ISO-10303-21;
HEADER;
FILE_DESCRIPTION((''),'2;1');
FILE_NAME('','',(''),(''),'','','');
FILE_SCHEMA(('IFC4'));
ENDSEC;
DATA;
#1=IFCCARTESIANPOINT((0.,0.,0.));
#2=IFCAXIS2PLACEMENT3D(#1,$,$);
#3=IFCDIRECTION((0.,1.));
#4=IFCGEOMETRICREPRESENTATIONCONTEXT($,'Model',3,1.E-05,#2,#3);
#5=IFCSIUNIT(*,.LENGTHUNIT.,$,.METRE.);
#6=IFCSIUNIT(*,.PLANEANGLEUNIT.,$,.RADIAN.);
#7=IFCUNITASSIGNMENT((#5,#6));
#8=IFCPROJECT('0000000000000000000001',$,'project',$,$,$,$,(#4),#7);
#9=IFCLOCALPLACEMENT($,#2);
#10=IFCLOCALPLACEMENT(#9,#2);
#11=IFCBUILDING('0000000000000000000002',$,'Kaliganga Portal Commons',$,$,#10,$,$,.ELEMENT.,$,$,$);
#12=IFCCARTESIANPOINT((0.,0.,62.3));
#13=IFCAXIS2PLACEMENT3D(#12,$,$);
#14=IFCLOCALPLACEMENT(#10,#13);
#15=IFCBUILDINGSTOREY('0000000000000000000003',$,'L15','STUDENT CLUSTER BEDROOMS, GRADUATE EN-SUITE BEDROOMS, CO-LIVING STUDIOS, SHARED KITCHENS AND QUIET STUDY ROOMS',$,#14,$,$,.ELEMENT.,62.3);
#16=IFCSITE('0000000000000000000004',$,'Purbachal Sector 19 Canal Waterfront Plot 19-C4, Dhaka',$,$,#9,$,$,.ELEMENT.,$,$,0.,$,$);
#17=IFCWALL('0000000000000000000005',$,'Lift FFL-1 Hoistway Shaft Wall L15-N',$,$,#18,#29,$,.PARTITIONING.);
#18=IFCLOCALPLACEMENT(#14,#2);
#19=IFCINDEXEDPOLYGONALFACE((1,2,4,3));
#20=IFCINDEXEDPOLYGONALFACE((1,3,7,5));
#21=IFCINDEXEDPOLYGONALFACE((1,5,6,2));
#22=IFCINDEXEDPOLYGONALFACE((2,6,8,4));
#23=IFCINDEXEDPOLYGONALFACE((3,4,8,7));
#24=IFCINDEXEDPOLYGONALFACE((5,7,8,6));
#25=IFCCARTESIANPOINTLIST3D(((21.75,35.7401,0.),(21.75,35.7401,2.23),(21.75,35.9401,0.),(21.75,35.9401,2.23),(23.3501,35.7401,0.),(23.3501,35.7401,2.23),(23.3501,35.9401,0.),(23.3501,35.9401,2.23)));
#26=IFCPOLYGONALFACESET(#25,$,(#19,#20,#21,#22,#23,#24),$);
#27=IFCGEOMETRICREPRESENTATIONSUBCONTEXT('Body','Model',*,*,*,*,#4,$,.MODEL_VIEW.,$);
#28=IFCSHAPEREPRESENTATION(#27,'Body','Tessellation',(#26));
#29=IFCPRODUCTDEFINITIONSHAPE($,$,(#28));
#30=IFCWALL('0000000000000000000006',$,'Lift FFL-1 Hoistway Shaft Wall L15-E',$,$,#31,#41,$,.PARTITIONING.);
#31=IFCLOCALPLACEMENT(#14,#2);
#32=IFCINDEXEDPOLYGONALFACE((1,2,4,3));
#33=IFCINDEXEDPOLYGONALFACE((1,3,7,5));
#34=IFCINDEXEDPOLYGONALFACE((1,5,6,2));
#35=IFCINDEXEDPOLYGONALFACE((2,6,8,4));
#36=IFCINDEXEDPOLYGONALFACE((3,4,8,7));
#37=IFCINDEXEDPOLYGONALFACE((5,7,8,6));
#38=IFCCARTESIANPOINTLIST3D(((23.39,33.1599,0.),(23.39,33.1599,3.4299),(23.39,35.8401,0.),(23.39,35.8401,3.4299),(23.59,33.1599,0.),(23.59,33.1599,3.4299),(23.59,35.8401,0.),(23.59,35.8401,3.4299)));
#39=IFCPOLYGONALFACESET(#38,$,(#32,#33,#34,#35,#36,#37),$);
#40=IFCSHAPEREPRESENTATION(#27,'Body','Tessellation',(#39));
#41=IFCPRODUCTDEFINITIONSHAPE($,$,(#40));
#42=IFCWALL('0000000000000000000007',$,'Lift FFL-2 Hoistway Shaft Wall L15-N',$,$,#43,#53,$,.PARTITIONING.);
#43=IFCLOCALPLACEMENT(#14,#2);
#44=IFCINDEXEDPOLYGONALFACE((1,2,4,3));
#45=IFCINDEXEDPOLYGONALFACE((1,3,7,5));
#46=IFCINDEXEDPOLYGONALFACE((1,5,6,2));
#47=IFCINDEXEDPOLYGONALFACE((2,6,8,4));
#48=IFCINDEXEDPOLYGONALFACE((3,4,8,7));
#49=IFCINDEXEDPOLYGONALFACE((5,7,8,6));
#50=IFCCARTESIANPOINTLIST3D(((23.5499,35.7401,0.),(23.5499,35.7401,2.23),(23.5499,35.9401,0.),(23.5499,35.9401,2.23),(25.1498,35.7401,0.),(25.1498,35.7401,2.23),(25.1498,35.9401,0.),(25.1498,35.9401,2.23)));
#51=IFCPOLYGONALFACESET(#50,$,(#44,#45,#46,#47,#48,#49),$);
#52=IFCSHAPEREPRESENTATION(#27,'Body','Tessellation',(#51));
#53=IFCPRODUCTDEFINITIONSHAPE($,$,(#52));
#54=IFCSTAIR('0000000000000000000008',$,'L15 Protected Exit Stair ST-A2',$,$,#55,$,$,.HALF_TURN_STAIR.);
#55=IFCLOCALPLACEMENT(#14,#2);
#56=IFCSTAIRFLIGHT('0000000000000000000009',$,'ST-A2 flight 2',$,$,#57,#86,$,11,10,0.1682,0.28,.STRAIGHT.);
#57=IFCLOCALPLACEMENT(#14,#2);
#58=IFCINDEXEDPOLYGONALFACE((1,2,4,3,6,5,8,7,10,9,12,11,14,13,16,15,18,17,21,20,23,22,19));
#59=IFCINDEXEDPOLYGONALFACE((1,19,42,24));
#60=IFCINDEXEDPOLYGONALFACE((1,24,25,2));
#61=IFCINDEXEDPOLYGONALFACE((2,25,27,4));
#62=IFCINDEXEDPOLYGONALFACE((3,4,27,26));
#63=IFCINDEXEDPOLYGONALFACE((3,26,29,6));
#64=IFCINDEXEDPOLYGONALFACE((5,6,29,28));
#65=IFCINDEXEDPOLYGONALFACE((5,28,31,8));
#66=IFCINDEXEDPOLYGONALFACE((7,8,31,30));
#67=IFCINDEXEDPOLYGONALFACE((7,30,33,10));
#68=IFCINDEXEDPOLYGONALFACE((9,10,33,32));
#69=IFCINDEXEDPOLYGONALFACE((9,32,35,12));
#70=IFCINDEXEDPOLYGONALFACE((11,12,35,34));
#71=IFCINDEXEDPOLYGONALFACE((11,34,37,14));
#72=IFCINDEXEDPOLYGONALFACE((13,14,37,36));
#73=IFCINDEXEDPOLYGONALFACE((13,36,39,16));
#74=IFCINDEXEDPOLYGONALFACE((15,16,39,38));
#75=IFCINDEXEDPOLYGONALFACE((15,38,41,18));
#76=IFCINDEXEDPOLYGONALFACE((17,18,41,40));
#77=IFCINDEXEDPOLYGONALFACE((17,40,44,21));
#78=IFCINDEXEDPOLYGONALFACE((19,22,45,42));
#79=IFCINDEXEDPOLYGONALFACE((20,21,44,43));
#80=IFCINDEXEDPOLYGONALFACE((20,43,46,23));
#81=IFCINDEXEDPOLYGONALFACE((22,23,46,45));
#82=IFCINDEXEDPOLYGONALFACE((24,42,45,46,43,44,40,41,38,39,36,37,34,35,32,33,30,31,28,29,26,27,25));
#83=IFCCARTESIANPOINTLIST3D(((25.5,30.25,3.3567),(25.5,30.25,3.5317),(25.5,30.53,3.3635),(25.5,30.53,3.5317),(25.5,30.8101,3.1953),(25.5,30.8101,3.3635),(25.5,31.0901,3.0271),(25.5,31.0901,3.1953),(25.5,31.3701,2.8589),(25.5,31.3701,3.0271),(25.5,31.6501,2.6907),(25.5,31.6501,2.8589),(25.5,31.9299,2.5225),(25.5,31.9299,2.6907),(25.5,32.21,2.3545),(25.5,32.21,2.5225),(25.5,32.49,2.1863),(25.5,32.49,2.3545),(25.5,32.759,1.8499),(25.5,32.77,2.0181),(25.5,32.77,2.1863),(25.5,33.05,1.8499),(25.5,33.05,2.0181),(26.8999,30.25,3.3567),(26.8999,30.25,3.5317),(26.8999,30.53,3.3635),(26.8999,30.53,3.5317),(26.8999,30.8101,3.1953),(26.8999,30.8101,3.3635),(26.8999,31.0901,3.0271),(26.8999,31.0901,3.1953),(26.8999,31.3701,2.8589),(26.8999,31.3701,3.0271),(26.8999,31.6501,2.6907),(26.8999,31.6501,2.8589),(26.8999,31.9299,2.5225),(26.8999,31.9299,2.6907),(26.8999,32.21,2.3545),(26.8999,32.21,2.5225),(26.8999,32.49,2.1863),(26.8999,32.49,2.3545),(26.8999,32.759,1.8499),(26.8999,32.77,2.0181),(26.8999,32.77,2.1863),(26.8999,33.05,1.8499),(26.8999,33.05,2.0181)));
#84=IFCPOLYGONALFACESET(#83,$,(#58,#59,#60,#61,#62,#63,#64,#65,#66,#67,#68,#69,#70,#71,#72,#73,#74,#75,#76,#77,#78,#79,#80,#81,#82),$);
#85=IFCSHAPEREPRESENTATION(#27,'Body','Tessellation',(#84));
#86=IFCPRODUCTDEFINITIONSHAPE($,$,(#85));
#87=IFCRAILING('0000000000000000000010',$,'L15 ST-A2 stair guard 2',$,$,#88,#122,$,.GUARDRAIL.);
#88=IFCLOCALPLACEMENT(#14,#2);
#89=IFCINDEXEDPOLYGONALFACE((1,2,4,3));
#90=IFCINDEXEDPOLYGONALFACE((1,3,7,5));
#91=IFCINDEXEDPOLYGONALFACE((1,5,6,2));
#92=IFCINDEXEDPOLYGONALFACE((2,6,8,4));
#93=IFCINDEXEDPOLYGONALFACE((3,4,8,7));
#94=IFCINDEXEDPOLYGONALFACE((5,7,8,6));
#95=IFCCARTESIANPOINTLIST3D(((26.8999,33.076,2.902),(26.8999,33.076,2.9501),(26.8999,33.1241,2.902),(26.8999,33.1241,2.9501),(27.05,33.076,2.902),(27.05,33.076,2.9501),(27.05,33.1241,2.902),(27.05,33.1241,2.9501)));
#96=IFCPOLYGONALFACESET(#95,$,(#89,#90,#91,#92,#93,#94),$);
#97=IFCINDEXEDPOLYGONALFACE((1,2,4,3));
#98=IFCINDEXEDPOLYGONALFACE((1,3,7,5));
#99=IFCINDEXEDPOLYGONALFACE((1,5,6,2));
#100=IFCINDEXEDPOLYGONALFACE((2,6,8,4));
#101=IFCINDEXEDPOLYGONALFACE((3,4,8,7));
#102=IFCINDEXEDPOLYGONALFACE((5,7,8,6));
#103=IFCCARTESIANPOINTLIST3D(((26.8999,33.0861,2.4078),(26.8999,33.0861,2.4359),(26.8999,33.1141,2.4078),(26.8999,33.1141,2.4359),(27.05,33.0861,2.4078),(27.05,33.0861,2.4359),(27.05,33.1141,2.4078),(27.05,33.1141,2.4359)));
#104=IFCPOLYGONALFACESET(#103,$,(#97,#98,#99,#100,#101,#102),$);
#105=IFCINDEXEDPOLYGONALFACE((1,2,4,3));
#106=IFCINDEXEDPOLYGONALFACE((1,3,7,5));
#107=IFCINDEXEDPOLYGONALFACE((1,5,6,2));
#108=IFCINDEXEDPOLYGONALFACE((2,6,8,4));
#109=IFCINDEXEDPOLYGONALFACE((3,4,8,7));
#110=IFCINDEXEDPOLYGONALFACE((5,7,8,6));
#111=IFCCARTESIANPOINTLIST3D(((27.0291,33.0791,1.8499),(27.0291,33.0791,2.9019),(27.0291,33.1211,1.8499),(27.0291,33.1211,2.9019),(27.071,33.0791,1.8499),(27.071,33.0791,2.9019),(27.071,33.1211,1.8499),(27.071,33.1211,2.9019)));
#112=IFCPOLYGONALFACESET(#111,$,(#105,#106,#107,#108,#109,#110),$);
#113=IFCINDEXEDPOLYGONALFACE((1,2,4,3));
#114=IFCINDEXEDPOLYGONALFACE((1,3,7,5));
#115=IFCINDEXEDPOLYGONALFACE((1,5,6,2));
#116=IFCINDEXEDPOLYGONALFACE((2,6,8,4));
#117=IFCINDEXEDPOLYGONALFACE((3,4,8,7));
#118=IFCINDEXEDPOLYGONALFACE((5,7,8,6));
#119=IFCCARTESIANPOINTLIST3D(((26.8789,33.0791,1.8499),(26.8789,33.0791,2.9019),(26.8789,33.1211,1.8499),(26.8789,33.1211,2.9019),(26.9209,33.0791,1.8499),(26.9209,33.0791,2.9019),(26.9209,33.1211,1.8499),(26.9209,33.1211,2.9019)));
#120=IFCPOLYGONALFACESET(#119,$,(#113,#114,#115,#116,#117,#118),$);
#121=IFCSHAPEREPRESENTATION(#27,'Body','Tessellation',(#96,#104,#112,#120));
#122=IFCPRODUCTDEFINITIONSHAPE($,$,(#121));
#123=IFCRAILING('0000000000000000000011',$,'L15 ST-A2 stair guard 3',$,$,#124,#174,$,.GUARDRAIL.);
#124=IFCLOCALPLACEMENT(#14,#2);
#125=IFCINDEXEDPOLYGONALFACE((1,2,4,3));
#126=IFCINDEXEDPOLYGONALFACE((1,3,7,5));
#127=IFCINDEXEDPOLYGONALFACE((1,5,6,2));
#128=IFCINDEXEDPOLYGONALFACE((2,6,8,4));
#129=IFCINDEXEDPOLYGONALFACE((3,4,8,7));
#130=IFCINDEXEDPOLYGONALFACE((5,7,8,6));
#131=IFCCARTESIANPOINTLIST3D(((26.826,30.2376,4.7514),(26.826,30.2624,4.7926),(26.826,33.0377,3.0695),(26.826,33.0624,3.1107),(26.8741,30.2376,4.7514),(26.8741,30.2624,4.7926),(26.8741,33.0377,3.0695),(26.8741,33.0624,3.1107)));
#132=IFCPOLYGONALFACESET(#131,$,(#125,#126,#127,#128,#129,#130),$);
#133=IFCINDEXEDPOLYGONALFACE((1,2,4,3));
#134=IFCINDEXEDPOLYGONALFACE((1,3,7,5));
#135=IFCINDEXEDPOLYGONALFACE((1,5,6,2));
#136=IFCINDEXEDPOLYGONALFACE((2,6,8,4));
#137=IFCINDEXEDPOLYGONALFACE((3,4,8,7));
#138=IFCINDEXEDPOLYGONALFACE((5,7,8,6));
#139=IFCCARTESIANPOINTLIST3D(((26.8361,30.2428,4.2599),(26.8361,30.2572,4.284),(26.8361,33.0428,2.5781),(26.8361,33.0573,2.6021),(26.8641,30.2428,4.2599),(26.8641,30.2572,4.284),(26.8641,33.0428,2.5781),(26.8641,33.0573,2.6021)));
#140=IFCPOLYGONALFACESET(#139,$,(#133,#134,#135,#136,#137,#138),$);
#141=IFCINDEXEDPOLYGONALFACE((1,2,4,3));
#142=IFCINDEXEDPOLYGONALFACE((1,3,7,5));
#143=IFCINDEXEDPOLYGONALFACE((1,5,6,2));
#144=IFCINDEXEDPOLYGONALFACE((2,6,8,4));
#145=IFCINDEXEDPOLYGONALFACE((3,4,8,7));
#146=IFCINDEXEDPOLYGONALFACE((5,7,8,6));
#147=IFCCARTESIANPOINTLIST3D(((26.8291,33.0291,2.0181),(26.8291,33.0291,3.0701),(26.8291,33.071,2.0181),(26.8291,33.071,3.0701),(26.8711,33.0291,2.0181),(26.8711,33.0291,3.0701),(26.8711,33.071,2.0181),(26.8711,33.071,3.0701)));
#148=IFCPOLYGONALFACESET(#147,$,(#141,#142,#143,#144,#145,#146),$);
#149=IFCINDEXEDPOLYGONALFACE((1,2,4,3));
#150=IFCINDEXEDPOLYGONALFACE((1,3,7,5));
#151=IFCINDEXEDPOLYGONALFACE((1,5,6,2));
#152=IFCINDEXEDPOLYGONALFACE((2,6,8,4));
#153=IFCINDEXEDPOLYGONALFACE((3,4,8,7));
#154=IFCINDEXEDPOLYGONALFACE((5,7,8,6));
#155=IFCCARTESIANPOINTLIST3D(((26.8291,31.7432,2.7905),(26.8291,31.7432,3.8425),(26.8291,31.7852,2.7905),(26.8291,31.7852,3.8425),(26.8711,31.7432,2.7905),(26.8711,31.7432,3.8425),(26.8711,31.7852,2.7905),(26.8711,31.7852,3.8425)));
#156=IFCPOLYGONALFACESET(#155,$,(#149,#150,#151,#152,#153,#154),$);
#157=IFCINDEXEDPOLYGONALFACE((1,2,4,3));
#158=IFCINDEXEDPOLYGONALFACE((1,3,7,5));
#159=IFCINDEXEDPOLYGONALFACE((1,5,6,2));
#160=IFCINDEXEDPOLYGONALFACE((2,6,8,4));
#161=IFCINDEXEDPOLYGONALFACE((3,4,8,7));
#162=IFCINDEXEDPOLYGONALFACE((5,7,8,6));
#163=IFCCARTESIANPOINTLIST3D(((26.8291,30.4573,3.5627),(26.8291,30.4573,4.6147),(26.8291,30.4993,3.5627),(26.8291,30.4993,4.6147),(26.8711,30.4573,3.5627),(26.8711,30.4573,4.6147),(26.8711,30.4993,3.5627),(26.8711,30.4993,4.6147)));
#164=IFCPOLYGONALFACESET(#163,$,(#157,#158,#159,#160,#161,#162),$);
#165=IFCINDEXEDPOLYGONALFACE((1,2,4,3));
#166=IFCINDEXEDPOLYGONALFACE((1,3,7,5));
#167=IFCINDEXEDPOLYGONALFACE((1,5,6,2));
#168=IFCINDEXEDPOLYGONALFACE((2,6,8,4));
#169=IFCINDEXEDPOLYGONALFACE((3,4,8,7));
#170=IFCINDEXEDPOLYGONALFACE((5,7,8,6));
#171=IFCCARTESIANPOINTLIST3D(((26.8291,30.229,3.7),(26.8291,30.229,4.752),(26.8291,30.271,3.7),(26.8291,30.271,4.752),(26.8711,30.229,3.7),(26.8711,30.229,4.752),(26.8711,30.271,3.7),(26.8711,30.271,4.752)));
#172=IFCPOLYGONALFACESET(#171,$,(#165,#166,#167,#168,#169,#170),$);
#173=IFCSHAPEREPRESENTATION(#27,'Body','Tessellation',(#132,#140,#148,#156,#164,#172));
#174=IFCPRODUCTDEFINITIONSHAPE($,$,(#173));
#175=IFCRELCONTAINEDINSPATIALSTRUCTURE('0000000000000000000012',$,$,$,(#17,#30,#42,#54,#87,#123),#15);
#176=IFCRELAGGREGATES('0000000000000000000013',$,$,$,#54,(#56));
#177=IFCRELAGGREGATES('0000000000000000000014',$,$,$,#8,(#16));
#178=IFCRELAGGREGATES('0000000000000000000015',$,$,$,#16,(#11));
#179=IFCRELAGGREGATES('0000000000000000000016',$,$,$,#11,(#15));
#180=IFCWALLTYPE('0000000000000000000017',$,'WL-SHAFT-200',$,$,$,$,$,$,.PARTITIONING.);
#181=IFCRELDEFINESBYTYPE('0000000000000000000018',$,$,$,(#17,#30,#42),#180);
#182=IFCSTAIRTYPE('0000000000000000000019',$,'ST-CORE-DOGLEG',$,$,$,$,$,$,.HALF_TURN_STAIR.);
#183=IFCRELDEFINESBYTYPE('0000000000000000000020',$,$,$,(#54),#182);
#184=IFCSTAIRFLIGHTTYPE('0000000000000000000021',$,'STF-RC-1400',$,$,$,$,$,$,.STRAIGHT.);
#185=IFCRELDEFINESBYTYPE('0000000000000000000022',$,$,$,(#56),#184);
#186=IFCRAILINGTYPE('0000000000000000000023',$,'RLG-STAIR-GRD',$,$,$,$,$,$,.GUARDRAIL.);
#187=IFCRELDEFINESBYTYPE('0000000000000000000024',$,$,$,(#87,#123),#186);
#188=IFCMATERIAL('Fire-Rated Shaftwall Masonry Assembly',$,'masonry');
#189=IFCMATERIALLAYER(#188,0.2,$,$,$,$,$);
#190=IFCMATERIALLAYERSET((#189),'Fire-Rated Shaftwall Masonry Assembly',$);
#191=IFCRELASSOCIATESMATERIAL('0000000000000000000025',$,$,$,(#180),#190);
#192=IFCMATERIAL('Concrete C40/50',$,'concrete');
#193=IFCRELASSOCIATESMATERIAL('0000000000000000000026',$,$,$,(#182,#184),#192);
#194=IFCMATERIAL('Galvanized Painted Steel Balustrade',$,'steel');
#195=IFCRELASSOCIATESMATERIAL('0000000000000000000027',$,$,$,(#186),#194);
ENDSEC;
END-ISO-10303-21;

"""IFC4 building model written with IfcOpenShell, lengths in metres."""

from ifc_helpers import new_model, si_unit, direction, frame, frame_2d, origin, origin_2d, place, context, subcontext, project, spatial, polyline, rectangle, outline, extrude, material, layer, layer_set, type_object, element, aggregate, save


model = new_model("IFC4")

# Units and contexts
model_context = context("Model", 3, precision=1e-05, world=origin(), true_north=direction((0.0, 1.0)))
body_context = subcontext(model_context, "Body", "Model", "MODEL_VIEW")
ifc_project = project(units=[si_unit("LENGTHUNIT", "METRE"), si_unit("PLANEANGLEUNIT", "RADIAN")], contexts=[model_context])

# Site, building, storey
site_placement = place(None, origin())
site = spatial("IfcSite", under=ifc_project, at=site_placement, Name="Purbachal Sector 19 Canal Waterfront Plot 19-C4, Dhaka", CompositionType="ELEMENT", RefElevation=0.0)
building_placement = place(site_placement, origin())
building = spatial("IfcBuilding", under=site, at=building_placement, Name="Kaliganga Portal Commons", CompositionType="ELEMENT")
storey_placement = place(building_placement, frame((0.0, 0.0, 62.3)))
storey = spatial("IfcBuildingStorey", under=building, at=storey_placement, Name="L15", Description="STUDENT CLUSTER BEDROOMS, GRADUATE EN-SUITE BEDROOMS, CO-LIVING STUDIOS, SHARED KITCHENS AND QUIET STUDY ROOMS", CompositionType="ELEMENT", Elevation=62.3)

# Shared definitions
ifc_material_1 = material(Name="Fire-Rated Shaftwall Masonry Assembly", Category="masonry")
ifc_layer_1 = layer(ifc_material_1, 0.2)
ifc_layer_set_1 = layer_set([ifc_layer_1], Name="Fire-Rated Shaftwall Masonry Assembly")
wall_type_1 = type_object("IfcWallType", Name="WL-SHAFT-200", PredefinedType="PARTITIONING", material=ifc_layer_set_1)

# Walls
wall_1_placement = place(storey_placement, frame((21.75, 35.8401, 0.0), z_axis=(0.0, 0.0, 1.0), x_axis=(1.0, 0.0, 0.0)))
element("IfcWall", 1, at=wall_1_placement, inside=storey, type_object=wall_type_1, Name="Lift FFL-1 Hoistway Shaft Wall L15-N", PredefinedType="PARTITIONING", context=body_context, shape_type="SweptSolid", body=[
    extrude(rectangle(XDim=1.6001, YDim=0.2, at=frame_2d((0.8, 0.0))), origin(), (0.0, 0.0, 1.0), 2.23),
])
wall_2_placement = place(storey_placement, frame((23.49, 33.1599, 0.0), z_axis=(0.0, 0.0, 1.0), x_axis=(0.0, 1.0, 0.0)))
element("IfcWall", 2, at=wall_2_placement, inside=storey, type_object=wall_type_1, Name="Lift FFL-1 Hoistway Shaft Wall L15-E", PredefinedType="PARTITIONING", context=body_context, shape_type="SweptSolid", body=[
    extrude(rectangle(XDim=2.6802, YDim=0.2, at=frame_2d((1.3401, 0.0))), origin(), (0.0, 0.0, 1.0), 3.4299),
])

# Wall
wall_3_placement = place(storey_placement, frame((23.55, 35.8401, 0.0), z_axis=(0.0, 0.0, 1.0), x_axis=(1.0, 0.0, 0.0)))
element("IfcWall", 3, at=wall_3_placement, inside=storey, type_object=wall_type_1, Name="Lift FFL-2 Hoistway Shaft Wall L15-N", PredefinedType="PARTITIONING", context=body_context, shape_type="SweptSolid", body=[
    extrude(rectangle(XDim=1.5999, YDim=0.2, at=frame_2d((0.7998, 0.0))), origin(), (0.0, 0.0, 1.0), 2.23),
])

# Stair, stair flight
ifc_material_2 = material(Name="Concrete C40/50", Category="concrete")
stair_type = type_object("IfcStairType", Name="ST-CORE-DOGLEG", PredefinedType="HALF_TURN_STAIR", material=ifc_material_2)
stair_placement = place(storey_placement, origin())
stair = element("IfcStair", 4, at=stair_placement, inside=storey, type_object=stair_type, Name="L15 Protected Exit Stair ST-A2", PredefinedType="HALF_TURN_STAIR")
stair_flight_type = type_object("IfcStairFlightType", Name="STF-RC-1400", PredefinedType="STRAIGHT", material=ifc_material_2)
stair_flight_placement = place(storey_placement, frame((26.2, 33.05, 1.8499), z_axis=(0.0, 0.0, 1.0), x_axis=(0.0, -1.0, 0.0)))
stair_flight = element("IfcStairFlight", 5, at=stair_flight_placement, type_object=stair_flight_type, Name="ST-A2 flight 2", NumberOfRisers=11, NumberOfTreads=10, PredefinedType="STRAIGHT", RiserHeight=0.1682, TreadLength=0.28, context=body_context, shape_type="SweptSolid", body=[
    extrude(outline(polyline([(0.0, 0.0), (0.0, 0.1682), (0.28, 0.1682), (0.28, 0.3364), (0.5601, 0.3364), (0.5601, 0.5046), (0.8401, 0.5046), (0.8401, 0.6726), (1.1201, 0.6726), (1.1201, 0.8408), (1.3999, 0.8408), (1.3999, 1.009), (1.6799, 1.009), (1.6799, 1.1772), (1.96, 1.1772), (1.96, 1.3455), (2.24, 1.3455), (2.24, 1.5137), (2.52, 1.5137), (2.52, 1.6819), (2.8, 1.6819), (2.8, 1.8501), (2.8, 1.5068), (0.291, 0.0), (0.0, 0.0)])), frame((0.0, 0.7, 0.0), z_axis=(0.0, -1.0, 0.0), x_axis=(1.0, 0.0, 0.0)), (0.0, 0.0, 1.0), 1.3999),
])
aggregate(stair, [stair_flight])

# Railings
ifc_material_3 = material(Name="Galvanized Painted Steel Balustrade", Category="steel")
railing_type_1 = type_object("IfcRailingType", Name="RLG-STAIR-GRD", PredefinedType="GUARDRAIL", material=ifc_material_3)
railing_1_placement = place(storey_placement, frame((27.05, 33.1001, 1.8499)))
element("IfcRailing", 6, at=railing_1_placement, inside=storey, type_object=railing_type_1, Name="L15 ST-A2 stair guard 2", PredefinedType="GUARDRAIL", context=body_context, shape_type="SweptSolid", body=[
    extrude(rectangle(XDim=0.0481, YDim=0.0481, at=origin_2d()), frame((0.0, 0.0, 1.0762), z_axis=(-1.0, 0.0, 0.0), x_axis=(0.0, -1.0, 0.0)), (0.0, 0.0, 1.0), 0.1501),
    extrude(rectangle(XDim=0.0281, YDim=0.0281, at=origin_2d()), frame((0.0, 0.0, 0.572), z_axis=(-1.0, 0.0, 0.0), x_axis=(0.0, -1.0, 0.0)), (0.0, 0.0, 1.0), 0.1501),
    extrude(rectangle(XDim=0.042, YDim=0.042, at=origin_2d()), origin(), (0.0, 0.0, 1.0), 1.052),
    extrude(rectangle(XDim=0.042, YDim=0.042, at=origin_2d()), frame((-0.1501, 0.0, 0.0)), (0.0, 0.0, 1.0), 1.052),
])
railing_2_placement = place(storey_placement, frame((26.8501, 33.05, 2.0181)))
element("IfcRailing", 7, at=railing_2_placement, inside=storey, type_object=railing_type_1, Name="L15 ST-A2 stair guard 3", PredefinedType="GUARDRAIL", context=body_context, shape_type="SweptSolid", body=[
    extrude(rectangle(XDim=0.0481, YDim=0.0481, at=origin_2d()), frame((0.0, 0.0, 1.072), z_axis=(0.0, -0.857242, 0.514913), x_axis=(1.0, 0.0, 0.0)), (0.0, 0.0, 1.0), 3.2664),
    extrude(rectangle(XDim=0.0281, YDim=0.0281, at=origin_2d()), frame((0.0, 0.0, 0.572), z_axis=(0.0, -0.857242, 0.514913), x_axis=(1.0, 0.0, 0.0)), (0.0, 0.0, 1.0), 3.2664),
    extrude(rectangle(XDim=0.042, YDim=0.042, at=origin_2d()), origin(), (0.0, 0.0, 1.0), 1.052),
    extrude(rectangle(XDim=0.042, YDim=0.042, at=origin_2d()), frame((0.0, -1.2859, 0.7725)), (0.0, 0.0, 1.0), 1.052),
    extrude(rectangle(XDim=0.042, YDim=0.042, at=origin_2d()), frame((0.0, -2.5718, 1.5447)), (0.0, 0.0, 1.0), 1.052),
    extrude(rectangle(XDim=0.042, YDim=0.042, at=origin_2d()), frame((0.0, -2.8, 1.6819)), (0.0, 0.0, 1.0), 1.052),
])

save(model, "model.ifc")
